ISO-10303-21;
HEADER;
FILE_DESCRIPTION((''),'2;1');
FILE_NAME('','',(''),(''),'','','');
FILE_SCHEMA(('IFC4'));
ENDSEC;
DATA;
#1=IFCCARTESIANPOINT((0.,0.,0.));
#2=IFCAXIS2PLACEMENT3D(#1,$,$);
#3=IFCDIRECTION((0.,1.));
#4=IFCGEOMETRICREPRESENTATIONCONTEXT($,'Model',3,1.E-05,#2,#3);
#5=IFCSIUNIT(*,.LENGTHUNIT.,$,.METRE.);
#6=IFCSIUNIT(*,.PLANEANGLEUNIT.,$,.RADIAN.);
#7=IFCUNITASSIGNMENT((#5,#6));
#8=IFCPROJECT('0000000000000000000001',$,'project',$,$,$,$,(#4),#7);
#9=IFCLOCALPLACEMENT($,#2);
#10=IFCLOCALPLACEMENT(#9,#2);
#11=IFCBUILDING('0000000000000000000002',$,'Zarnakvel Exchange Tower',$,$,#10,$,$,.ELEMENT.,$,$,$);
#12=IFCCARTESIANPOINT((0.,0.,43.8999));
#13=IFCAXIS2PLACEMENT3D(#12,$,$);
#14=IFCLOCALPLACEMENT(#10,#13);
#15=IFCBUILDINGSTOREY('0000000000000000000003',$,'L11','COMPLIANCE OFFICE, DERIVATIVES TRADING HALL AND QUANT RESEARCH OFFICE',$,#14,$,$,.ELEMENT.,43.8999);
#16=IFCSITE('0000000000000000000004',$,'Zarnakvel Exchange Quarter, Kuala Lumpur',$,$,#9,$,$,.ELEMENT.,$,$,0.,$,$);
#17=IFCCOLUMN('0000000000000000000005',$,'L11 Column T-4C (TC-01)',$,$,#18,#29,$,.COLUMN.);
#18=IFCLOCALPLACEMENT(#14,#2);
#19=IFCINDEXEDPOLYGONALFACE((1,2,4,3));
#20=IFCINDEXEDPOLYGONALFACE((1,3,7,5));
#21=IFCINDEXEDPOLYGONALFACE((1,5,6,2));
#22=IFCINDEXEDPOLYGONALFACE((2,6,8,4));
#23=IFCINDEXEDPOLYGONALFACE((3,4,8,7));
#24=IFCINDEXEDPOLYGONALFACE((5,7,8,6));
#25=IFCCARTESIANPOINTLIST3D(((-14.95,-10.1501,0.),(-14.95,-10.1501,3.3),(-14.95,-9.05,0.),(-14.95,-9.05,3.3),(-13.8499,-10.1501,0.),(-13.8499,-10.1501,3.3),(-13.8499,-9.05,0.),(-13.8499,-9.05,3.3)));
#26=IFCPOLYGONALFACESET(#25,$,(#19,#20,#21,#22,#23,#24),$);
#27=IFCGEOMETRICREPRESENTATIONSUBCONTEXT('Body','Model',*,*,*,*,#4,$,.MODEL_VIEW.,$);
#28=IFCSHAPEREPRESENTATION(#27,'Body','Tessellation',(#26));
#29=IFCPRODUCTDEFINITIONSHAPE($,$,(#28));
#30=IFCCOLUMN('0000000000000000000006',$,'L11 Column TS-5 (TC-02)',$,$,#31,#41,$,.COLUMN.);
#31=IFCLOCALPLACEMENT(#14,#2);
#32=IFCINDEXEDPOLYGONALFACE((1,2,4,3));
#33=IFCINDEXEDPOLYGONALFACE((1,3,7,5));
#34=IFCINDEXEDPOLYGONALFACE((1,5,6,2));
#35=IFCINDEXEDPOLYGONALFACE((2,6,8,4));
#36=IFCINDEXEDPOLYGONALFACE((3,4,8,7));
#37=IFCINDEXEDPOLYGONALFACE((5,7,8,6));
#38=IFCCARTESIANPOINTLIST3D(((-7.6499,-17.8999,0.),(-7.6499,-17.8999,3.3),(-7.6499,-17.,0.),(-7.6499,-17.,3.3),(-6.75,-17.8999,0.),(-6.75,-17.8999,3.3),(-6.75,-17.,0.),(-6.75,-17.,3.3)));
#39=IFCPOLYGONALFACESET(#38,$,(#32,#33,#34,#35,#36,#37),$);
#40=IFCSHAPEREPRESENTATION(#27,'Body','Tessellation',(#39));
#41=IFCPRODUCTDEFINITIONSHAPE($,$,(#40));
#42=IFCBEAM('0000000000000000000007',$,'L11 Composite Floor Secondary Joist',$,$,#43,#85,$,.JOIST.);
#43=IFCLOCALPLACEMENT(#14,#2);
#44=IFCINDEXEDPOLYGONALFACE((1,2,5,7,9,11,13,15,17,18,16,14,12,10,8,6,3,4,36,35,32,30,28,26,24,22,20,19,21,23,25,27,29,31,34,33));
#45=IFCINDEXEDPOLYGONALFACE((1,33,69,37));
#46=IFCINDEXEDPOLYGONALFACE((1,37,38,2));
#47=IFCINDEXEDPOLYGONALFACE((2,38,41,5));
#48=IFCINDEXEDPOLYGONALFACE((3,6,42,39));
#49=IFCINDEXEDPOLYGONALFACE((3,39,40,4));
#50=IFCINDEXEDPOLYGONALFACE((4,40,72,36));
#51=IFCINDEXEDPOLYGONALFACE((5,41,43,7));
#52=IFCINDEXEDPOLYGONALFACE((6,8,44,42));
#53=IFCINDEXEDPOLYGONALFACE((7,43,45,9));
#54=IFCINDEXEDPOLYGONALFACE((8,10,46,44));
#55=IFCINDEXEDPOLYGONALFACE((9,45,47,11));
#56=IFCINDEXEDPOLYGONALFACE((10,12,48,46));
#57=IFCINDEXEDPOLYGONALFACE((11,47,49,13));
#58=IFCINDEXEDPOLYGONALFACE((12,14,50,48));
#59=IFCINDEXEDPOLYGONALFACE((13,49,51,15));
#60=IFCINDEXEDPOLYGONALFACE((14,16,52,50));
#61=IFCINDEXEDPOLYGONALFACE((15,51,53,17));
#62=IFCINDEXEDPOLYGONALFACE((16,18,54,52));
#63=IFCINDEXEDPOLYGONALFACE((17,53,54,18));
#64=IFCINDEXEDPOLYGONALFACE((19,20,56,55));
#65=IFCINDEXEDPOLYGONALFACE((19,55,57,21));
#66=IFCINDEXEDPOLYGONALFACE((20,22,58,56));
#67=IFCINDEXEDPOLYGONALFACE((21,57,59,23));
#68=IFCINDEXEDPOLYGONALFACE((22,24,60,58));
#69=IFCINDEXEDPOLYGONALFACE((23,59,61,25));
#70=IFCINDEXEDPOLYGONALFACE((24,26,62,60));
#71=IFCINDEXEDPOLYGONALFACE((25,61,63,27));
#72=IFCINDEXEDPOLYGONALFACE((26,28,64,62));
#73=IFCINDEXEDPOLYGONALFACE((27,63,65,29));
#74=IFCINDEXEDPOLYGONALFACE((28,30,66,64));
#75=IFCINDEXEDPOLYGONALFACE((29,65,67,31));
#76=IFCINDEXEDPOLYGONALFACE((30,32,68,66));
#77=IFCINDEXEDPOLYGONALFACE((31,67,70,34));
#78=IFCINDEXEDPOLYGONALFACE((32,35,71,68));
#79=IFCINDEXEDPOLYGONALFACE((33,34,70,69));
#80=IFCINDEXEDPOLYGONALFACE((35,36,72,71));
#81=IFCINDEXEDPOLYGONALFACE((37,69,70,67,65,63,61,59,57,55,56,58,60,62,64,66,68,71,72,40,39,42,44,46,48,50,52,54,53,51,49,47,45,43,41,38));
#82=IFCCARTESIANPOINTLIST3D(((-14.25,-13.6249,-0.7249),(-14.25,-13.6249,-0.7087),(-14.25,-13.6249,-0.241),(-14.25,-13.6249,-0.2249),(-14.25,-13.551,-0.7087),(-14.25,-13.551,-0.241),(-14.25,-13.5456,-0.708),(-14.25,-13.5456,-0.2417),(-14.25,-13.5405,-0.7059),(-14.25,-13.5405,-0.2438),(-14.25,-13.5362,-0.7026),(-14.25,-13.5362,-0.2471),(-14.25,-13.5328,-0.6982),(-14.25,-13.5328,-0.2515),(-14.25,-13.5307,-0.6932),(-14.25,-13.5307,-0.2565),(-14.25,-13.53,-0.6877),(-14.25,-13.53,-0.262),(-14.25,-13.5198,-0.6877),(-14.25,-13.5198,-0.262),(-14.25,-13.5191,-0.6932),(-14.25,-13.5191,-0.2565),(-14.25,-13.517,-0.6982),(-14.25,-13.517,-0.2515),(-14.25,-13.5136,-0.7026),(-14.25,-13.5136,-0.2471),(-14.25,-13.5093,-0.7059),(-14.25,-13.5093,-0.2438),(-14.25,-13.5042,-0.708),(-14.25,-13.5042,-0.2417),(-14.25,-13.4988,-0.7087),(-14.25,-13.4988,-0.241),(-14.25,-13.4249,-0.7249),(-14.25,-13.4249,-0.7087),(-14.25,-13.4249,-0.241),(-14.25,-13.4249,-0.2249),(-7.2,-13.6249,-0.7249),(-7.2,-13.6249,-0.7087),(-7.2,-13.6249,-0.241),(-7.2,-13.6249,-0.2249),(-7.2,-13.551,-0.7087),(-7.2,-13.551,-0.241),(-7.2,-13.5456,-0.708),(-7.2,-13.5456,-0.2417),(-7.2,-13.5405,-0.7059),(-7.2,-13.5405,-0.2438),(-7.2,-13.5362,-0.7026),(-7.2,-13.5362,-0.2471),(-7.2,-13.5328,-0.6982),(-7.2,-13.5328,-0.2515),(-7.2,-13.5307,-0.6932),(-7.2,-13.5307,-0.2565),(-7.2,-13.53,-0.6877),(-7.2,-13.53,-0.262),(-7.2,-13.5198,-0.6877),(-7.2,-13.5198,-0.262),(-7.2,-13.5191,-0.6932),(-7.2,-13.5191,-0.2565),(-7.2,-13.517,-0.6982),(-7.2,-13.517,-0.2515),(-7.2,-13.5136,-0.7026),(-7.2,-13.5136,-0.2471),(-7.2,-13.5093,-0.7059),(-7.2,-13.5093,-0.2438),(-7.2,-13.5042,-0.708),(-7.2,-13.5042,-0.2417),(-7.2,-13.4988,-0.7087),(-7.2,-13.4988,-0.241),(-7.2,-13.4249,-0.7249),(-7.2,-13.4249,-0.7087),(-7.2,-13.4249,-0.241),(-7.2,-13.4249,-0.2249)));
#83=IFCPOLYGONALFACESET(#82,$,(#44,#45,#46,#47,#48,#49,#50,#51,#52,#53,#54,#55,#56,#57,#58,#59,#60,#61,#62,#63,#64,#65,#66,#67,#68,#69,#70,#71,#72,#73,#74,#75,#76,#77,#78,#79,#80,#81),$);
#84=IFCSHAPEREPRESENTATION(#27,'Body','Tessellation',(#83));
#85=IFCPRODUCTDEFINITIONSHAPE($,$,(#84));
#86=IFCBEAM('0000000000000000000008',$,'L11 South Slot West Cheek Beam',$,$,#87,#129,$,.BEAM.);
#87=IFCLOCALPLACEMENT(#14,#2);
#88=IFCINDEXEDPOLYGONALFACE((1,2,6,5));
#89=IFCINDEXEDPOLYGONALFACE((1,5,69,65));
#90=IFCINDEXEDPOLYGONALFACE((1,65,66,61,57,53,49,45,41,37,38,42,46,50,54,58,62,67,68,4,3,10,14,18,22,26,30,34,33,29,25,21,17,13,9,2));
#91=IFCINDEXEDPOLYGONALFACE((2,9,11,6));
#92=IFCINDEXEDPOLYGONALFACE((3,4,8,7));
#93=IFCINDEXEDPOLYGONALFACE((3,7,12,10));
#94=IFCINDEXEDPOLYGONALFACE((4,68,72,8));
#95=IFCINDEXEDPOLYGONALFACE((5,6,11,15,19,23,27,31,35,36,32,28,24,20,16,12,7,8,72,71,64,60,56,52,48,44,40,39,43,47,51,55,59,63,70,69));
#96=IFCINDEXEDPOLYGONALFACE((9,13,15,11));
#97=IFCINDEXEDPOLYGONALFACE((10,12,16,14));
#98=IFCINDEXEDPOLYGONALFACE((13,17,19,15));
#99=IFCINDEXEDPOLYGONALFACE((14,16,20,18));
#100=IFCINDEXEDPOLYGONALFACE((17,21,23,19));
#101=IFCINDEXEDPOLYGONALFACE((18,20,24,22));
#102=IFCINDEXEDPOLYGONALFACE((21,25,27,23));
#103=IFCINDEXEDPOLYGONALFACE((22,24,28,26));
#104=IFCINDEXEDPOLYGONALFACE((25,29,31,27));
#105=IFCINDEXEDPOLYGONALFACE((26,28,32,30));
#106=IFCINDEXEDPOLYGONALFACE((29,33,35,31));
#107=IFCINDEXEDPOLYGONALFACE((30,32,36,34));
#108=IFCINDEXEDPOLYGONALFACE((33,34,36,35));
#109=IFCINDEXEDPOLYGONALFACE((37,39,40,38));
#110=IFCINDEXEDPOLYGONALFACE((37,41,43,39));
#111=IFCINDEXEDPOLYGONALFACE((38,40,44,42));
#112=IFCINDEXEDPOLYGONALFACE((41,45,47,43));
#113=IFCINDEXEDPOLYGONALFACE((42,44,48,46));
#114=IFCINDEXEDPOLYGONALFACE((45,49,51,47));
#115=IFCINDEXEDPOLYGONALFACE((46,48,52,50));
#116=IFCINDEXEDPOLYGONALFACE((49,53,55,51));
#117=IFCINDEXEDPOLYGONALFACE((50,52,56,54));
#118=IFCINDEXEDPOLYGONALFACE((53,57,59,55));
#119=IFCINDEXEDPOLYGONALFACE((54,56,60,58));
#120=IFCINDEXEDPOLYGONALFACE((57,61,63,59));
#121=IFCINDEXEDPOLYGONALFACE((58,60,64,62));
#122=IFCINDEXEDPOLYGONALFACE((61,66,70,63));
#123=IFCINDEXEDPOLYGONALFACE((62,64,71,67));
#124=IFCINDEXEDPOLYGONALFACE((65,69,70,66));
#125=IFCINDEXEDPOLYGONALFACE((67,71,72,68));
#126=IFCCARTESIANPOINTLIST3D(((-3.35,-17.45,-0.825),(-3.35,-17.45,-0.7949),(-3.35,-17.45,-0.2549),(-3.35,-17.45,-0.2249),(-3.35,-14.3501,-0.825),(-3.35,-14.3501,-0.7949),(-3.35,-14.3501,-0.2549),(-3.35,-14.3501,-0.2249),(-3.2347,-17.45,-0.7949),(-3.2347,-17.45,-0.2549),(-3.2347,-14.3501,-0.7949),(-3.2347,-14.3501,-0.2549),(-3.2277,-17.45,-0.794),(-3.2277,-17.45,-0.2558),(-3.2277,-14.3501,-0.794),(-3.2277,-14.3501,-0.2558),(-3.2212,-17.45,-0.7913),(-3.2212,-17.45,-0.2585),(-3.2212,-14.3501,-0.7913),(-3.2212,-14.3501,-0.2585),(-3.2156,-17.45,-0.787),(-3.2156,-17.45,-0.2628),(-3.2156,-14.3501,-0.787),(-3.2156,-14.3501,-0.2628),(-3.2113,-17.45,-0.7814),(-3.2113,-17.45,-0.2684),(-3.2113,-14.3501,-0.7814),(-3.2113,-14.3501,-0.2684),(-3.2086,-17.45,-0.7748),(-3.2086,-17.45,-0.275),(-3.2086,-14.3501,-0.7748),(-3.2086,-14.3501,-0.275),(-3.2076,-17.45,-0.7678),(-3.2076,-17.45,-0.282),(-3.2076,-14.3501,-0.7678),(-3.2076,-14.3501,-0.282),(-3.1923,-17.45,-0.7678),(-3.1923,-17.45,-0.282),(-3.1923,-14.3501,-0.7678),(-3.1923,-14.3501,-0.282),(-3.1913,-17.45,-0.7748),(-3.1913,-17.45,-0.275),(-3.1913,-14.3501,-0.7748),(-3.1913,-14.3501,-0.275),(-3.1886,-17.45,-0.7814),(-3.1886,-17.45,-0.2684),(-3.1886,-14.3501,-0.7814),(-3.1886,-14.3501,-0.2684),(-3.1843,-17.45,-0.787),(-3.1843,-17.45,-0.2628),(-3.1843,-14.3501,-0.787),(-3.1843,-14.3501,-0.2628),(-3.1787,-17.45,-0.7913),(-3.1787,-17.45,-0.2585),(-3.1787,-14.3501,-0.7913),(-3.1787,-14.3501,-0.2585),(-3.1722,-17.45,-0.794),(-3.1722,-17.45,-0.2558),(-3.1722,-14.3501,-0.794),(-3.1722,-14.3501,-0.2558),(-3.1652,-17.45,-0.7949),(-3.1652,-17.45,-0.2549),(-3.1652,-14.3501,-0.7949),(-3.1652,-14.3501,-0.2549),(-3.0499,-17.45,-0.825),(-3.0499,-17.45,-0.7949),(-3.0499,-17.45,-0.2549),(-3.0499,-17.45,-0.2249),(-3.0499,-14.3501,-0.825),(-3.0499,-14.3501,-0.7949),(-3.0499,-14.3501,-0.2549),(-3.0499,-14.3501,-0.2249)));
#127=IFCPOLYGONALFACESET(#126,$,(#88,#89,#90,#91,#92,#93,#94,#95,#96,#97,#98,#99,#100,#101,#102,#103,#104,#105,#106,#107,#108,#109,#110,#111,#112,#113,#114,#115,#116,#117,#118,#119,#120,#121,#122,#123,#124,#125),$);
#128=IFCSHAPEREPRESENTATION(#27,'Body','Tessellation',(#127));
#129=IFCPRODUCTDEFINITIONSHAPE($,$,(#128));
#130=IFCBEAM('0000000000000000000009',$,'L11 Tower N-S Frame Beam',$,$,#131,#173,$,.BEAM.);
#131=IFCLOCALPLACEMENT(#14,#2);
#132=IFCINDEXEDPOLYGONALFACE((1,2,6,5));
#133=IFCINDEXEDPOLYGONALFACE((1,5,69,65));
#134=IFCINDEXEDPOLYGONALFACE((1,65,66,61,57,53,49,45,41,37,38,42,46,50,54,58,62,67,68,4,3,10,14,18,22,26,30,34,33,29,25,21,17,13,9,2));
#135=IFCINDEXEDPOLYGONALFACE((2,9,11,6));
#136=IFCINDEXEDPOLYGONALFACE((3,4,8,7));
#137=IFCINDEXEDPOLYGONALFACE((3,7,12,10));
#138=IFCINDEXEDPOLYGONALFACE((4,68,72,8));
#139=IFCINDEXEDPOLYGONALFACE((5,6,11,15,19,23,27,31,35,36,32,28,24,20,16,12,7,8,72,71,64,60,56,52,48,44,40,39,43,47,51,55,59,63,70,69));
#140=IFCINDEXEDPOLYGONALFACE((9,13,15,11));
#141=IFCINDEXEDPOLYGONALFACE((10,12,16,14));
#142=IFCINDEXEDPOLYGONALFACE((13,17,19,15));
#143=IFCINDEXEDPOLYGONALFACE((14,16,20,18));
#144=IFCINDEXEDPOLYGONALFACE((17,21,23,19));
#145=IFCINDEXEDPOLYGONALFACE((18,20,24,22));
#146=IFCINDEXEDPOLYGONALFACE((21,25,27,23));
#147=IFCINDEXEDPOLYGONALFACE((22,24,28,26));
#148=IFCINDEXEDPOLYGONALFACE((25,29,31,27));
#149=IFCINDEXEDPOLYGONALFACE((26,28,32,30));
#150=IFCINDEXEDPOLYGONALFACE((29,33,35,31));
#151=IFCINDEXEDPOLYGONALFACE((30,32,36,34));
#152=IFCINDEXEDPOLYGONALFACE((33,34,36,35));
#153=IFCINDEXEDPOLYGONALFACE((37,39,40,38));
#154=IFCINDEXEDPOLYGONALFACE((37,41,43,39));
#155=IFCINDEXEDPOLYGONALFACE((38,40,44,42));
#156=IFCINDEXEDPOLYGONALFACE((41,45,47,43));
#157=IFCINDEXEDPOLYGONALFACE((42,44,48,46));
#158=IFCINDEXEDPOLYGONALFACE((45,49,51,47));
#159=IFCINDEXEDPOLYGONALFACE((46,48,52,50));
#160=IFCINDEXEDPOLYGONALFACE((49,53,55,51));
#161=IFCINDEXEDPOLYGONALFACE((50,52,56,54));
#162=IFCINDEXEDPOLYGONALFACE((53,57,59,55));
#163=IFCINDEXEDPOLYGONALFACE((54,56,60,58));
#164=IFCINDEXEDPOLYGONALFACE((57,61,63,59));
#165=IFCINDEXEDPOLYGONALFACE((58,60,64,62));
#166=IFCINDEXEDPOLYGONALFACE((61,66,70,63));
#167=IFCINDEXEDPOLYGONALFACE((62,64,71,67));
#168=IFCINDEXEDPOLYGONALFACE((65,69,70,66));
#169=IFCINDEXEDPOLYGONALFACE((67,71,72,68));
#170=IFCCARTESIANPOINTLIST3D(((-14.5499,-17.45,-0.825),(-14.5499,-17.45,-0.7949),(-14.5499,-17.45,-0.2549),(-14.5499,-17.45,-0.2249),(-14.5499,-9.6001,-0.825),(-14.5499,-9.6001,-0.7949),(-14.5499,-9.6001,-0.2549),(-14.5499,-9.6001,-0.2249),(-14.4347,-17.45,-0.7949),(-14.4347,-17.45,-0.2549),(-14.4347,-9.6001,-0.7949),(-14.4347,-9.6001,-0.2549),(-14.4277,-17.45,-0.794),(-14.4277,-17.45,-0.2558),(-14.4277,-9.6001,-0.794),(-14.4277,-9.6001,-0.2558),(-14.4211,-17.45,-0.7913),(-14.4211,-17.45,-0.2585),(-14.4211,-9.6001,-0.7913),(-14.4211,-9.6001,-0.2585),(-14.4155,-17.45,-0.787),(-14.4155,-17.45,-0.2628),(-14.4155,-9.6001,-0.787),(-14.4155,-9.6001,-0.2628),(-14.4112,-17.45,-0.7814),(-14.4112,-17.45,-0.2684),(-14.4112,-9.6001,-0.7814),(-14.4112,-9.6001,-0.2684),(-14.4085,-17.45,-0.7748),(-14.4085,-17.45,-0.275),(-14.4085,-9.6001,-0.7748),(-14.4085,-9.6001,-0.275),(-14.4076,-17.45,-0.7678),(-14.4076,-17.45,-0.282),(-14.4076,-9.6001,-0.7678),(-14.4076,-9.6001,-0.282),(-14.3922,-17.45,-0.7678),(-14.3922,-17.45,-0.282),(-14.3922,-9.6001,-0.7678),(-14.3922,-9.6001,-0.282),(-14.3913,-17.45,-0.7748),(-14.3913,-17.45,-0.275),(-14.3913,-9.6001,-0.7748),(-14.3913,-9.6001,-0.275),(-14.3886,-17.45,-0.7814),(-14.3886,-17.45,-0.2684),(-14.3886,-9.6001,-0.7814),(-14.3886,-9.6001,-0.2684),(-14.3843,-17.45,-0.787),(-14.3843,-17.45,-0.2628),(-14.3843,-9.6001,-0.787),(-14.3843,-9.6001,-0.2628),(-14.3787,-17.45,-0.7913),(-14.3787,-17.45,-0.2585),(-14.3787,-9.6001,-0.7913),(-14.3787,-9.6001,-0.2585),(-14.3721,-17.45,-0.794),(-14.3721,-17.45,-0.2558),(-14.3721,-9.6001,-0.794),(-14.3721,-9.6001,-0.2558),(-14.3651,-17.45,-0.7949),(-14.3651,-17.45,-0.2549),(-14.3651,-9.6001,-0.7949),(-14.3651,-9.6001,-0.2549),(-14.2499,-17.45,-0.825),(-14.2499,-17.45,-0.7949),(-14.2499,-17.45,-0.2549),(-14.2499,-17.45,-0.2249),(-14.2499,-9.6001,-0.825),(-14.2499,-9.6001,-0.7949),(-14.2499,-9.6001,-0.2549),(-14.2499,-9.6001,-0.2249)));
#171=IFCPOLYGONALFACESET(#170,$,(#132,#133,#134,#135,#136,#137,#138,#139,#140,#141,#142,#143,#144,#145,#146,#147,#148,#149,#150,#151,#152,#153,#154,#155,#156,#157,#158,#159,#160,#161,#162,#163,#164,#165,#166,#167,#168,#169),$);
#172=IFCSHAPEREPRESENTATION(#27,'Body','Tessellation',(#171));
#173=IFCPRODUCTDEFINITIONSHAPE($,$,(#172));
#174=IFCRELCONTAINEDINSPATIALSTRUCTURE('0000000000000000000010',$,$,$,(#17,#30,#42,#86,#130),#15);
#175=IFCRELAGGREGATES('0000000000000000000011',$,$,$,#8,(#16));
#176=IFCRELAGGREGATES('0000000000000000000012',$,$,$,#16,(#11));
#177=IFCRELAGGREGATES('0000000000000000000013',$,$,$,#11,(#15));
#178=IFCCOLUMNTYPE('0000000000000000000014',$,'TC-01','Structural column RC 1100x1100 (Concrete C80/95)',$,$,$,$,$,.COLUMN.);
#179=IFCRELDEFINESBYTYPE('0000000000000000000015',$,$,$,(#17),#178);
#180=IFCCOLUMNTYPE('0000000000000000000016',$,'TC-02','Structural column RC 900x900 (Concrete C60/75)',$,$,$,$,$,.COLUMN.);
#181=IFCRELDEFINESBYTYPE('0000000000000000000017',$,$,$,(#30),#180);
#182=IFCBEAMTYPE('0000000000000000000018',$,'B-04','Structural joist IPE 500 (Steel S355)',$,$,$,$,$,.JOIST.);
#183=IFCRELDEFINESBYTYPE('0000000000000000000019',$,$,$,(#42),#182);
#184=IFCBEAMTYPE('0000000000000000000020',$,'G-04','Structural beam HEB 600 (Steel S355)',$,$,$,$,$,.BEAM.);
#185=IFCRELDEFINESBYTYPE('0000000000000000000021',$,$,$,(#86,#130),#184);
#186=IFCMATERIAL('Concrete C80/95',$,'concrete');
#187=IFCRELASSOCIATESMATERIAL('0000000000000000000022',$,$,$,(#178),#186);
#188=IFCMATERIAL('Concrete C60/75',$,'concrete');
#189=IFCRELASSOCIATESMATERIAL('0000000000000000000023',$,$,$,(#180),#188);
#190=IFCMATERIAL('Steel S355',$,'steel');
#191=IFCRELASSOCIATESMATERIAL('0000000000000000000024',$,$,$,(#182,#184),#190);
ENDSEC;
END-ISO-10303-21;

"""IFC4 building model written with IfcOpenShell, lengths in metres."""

from ifc_helpers import new_model, si_unit, direction, frame, origin, origin_2d, place, context, subcontext, project, spatial, rectangle, i_section, extrude, material, material_profile, profile_set, type_object, element, save


model = new_model("IFC4")

# Units and contexts
model_context = context("Model", 3, precision=1e-05, world=origin(), true_north=direction((0.0, 1.0)))
body_context = subcontext(model_context, "Body", "Model", "MODEL_VIEW")
ifc_project = project(units=[si_unit("LENGTHUNIT", "METRE"), si_unit("PLANEANGLEUNIT", "RADIAN")], contexts=[model_context])

# Site, building, storey
site_placement = place(None, origin())
site = spatial("IfcSite", under=ifc_project, at=site_placement, Name="Zarnakvel Exchange Quarter, Kuala Lumpur", CompositionType="ELEMENT", RefElevation=0.0)
building_placement = place(site_placement, origin())
building = spatial("IfcBuilding", under=site, at=building_placement, Name="Zarnakvel Exchange Tower", CompositionType="ELEMENT")
storey_placement = place(building_placement, frame((0.0, 0.0, 43.8999)))
storey = spatial("IfcBuildingStorey", under=building, at=storey_placement, Name="L11", Description="COMPLIANCE OFFICE, DERIVATIVES TRADING HALL AND QUANT RESEARCH OFFICE", CompositionType="ELEMENT", Elevation=43.8999)

# Columns
ifc_material_1 = material(Name="Concrete C80/95", Category="concrete")
ifc_material_profile_1 = material_profile(ifc_material_1, rectangle(XDim=1.1001, YDim=1.1001, at=origin_2d()))
ifc_profile_set_1 = profile_set([ifc_material_profile_1], Name="Concrete C80/95")
column_type_1 = type_object("IfcColumnType", Name="TC-01", Description="Structural column RC 1100x1100 (Concrete C80/95)", PredefinedType="COLUMN", material=ifc_profile_set_1)
column_1_placement = place(storey_placement, frame((-14.3999, -9.6001, 0.0), z_axis=(0.0, 0.0, 1.0), x_axis=(1.0, 0.0, 0.0)))
element("IfcColumn", 1, at=column_1_placement, inside=storey, type_object=column_type_1, Name="L11 Column T-4C (TC-01)", PredefinedType="COLUMN", context=body_context, shape_type="SweptSolid", body=[
    extrude(rectangle(XDim=1.1001, YDim=1.1001, at=origin_2d()), origin(), (0.0, 0.0, 1.0), 3.3),
])
ifc_material_2 = material(Name="Concrete C60/75", Category="concrete")
ifc_material_profile_2 = material_profile(ifc_material_2, rectangle(XDim=0.8999, YDim=0.8999, at=origin_2d()))
ifc_profile_set_2 = profile_set([ifc_material_profile_2], Name="Concrete C60/75")
column_type_2 = type_object("IfcColumnType", Name="TC-02", Description="Structural column RC 900x900 (Concrete C60/75)", PredefinedType="COLUMN", material=ifc_profile_set_2)
column_2_placement = place(storey_placement, frame((-7.2, -17.45, 0.0), z_axis=(0.0, 0.0, 1.0), x_axis=(1.0, 0.0, 0.0)))
element("IfcColumn", 2, at=column_2_placement, inside=storey, type_object=column_type_2, Name="L11 Column TS-5 (TC-02)", PredefinedType="COLUMN", context=body_context, shape_type="SweptSolid", body=[
    extrude(rectangle(XDim=0.8999, YDim=0.8999, at=origin_2d()), origin(), (0.0, 0.0, 1.0), 3.3),
])

# Beams
ifc_material_3 = material(Name="Steel S355", Category="steel")
ifc_material_profile_3 = material_profile(ifc_material_3, i_section(OverallWidth=0.2, OverallDepth=0.5, WebThickness=0.0103, FlangeThickness=0.0161, FilletRadius=0.021, at=origin_2d()))
ifc_profile_set_3 = profile_set([ifc_material_profile_3], Name="Steel S355")
beam_type_1 = type_object("IfcBeamType", Name="B-04", Description="Structural joist IPE 500 (Steel S355)", PredefinedType="JOIST", material=ifc_profile_set_3)
beam_1_placement = place(storey_placement, frame((-14.25, -13.5249, -0.4749), z_axis=(1.0, 0.0, 0.0), x_axis=(0.0, 1.0, 0.0)))
element("IfcBeam", 3, at=beam_1_placement, inside=storey, type_object=beam_type_1, Name="L11 Composite Floor Secondary Joist", PredefinedType="JOIST", context=body_context, shape_type="SweptSolid", body=[
    extrude(i_section(OverallWidth=0.2, OverallDepth=0.5, WebThickness=0.0103, FlangeThickness=0.0161, FilletRadius=0.021, at=origin_2d()), origin(), (0.0, 0.0, 1.0), 7.05),
])
ifc_material_profile_4 = material_profile(ifc_material_3, i_section(OverallWidth=0.3, OverallDepth=0.6001, WebThickness=0.0154, FlangeThickness=0.03, FilletRadius=0.0271, at=origin_2d()))
ifc_profile_set_4 = profile_set([ifc_material_profile_4], Name="Steel S355")
beam_type_2 = type_object("IfcBeamType", Name="G-04", Description="Structural beam HEB 600 (Steel S355)", PredefinedType="BEAM", material=ifc_profile_set_4)
beam_2_placement = place(storey_placement, frame((-3.2, -17.45, -0.5249), z_axis=(0.0, 1.0, 0.0), x_axis=(-1.0, 0.0, 0.0)))
element("IfcBeam", 4, at=beam_2_placement, inside=storey, type_object=beam_type_2, Name="L11 South Slot West Cheek Beam", PredefinedType="BEAM", context=body_context, shape_type="SweptSolid", body=[
    extrude(i_section(OverallWidth=0.3, OverallDepth=0.6001, WebThickness=0.0154, FlangeThickness=0.03, FilletRadius=0.0271, at=origin_2d()), origin(), (0.0, 0.0, 1.0), 3.0999),
])
for number, where, z_axis, x_axis, name in (
    (5, (-14.3999, -17.45, -0.5249), (0.0, 1.0, 0.0), (-1.0, 0.0, 0.0), "L11 Tower N-S Frame Beam"),
):
    element("IfcBeam", number, at=place(storey_placement, frame(where, z_axis=z_axis, x_axis=x_axis)), inside=storey, type_object=beam_type_2, Name=name, PredefinedType="BEAM", context=body_context, shape_type="SweptSolid", body=[
        extrude(i_section(OverallWidth=0.3, OverallDepth=0.6001, WebThickness=0.0154, FlangeThickness=0.03, FilletRadius=0.0271, at=origin_2d()), origin(), (0.0, 0.0, 1.0), 7.8499),
    ])

save(model, "model.ifc")
